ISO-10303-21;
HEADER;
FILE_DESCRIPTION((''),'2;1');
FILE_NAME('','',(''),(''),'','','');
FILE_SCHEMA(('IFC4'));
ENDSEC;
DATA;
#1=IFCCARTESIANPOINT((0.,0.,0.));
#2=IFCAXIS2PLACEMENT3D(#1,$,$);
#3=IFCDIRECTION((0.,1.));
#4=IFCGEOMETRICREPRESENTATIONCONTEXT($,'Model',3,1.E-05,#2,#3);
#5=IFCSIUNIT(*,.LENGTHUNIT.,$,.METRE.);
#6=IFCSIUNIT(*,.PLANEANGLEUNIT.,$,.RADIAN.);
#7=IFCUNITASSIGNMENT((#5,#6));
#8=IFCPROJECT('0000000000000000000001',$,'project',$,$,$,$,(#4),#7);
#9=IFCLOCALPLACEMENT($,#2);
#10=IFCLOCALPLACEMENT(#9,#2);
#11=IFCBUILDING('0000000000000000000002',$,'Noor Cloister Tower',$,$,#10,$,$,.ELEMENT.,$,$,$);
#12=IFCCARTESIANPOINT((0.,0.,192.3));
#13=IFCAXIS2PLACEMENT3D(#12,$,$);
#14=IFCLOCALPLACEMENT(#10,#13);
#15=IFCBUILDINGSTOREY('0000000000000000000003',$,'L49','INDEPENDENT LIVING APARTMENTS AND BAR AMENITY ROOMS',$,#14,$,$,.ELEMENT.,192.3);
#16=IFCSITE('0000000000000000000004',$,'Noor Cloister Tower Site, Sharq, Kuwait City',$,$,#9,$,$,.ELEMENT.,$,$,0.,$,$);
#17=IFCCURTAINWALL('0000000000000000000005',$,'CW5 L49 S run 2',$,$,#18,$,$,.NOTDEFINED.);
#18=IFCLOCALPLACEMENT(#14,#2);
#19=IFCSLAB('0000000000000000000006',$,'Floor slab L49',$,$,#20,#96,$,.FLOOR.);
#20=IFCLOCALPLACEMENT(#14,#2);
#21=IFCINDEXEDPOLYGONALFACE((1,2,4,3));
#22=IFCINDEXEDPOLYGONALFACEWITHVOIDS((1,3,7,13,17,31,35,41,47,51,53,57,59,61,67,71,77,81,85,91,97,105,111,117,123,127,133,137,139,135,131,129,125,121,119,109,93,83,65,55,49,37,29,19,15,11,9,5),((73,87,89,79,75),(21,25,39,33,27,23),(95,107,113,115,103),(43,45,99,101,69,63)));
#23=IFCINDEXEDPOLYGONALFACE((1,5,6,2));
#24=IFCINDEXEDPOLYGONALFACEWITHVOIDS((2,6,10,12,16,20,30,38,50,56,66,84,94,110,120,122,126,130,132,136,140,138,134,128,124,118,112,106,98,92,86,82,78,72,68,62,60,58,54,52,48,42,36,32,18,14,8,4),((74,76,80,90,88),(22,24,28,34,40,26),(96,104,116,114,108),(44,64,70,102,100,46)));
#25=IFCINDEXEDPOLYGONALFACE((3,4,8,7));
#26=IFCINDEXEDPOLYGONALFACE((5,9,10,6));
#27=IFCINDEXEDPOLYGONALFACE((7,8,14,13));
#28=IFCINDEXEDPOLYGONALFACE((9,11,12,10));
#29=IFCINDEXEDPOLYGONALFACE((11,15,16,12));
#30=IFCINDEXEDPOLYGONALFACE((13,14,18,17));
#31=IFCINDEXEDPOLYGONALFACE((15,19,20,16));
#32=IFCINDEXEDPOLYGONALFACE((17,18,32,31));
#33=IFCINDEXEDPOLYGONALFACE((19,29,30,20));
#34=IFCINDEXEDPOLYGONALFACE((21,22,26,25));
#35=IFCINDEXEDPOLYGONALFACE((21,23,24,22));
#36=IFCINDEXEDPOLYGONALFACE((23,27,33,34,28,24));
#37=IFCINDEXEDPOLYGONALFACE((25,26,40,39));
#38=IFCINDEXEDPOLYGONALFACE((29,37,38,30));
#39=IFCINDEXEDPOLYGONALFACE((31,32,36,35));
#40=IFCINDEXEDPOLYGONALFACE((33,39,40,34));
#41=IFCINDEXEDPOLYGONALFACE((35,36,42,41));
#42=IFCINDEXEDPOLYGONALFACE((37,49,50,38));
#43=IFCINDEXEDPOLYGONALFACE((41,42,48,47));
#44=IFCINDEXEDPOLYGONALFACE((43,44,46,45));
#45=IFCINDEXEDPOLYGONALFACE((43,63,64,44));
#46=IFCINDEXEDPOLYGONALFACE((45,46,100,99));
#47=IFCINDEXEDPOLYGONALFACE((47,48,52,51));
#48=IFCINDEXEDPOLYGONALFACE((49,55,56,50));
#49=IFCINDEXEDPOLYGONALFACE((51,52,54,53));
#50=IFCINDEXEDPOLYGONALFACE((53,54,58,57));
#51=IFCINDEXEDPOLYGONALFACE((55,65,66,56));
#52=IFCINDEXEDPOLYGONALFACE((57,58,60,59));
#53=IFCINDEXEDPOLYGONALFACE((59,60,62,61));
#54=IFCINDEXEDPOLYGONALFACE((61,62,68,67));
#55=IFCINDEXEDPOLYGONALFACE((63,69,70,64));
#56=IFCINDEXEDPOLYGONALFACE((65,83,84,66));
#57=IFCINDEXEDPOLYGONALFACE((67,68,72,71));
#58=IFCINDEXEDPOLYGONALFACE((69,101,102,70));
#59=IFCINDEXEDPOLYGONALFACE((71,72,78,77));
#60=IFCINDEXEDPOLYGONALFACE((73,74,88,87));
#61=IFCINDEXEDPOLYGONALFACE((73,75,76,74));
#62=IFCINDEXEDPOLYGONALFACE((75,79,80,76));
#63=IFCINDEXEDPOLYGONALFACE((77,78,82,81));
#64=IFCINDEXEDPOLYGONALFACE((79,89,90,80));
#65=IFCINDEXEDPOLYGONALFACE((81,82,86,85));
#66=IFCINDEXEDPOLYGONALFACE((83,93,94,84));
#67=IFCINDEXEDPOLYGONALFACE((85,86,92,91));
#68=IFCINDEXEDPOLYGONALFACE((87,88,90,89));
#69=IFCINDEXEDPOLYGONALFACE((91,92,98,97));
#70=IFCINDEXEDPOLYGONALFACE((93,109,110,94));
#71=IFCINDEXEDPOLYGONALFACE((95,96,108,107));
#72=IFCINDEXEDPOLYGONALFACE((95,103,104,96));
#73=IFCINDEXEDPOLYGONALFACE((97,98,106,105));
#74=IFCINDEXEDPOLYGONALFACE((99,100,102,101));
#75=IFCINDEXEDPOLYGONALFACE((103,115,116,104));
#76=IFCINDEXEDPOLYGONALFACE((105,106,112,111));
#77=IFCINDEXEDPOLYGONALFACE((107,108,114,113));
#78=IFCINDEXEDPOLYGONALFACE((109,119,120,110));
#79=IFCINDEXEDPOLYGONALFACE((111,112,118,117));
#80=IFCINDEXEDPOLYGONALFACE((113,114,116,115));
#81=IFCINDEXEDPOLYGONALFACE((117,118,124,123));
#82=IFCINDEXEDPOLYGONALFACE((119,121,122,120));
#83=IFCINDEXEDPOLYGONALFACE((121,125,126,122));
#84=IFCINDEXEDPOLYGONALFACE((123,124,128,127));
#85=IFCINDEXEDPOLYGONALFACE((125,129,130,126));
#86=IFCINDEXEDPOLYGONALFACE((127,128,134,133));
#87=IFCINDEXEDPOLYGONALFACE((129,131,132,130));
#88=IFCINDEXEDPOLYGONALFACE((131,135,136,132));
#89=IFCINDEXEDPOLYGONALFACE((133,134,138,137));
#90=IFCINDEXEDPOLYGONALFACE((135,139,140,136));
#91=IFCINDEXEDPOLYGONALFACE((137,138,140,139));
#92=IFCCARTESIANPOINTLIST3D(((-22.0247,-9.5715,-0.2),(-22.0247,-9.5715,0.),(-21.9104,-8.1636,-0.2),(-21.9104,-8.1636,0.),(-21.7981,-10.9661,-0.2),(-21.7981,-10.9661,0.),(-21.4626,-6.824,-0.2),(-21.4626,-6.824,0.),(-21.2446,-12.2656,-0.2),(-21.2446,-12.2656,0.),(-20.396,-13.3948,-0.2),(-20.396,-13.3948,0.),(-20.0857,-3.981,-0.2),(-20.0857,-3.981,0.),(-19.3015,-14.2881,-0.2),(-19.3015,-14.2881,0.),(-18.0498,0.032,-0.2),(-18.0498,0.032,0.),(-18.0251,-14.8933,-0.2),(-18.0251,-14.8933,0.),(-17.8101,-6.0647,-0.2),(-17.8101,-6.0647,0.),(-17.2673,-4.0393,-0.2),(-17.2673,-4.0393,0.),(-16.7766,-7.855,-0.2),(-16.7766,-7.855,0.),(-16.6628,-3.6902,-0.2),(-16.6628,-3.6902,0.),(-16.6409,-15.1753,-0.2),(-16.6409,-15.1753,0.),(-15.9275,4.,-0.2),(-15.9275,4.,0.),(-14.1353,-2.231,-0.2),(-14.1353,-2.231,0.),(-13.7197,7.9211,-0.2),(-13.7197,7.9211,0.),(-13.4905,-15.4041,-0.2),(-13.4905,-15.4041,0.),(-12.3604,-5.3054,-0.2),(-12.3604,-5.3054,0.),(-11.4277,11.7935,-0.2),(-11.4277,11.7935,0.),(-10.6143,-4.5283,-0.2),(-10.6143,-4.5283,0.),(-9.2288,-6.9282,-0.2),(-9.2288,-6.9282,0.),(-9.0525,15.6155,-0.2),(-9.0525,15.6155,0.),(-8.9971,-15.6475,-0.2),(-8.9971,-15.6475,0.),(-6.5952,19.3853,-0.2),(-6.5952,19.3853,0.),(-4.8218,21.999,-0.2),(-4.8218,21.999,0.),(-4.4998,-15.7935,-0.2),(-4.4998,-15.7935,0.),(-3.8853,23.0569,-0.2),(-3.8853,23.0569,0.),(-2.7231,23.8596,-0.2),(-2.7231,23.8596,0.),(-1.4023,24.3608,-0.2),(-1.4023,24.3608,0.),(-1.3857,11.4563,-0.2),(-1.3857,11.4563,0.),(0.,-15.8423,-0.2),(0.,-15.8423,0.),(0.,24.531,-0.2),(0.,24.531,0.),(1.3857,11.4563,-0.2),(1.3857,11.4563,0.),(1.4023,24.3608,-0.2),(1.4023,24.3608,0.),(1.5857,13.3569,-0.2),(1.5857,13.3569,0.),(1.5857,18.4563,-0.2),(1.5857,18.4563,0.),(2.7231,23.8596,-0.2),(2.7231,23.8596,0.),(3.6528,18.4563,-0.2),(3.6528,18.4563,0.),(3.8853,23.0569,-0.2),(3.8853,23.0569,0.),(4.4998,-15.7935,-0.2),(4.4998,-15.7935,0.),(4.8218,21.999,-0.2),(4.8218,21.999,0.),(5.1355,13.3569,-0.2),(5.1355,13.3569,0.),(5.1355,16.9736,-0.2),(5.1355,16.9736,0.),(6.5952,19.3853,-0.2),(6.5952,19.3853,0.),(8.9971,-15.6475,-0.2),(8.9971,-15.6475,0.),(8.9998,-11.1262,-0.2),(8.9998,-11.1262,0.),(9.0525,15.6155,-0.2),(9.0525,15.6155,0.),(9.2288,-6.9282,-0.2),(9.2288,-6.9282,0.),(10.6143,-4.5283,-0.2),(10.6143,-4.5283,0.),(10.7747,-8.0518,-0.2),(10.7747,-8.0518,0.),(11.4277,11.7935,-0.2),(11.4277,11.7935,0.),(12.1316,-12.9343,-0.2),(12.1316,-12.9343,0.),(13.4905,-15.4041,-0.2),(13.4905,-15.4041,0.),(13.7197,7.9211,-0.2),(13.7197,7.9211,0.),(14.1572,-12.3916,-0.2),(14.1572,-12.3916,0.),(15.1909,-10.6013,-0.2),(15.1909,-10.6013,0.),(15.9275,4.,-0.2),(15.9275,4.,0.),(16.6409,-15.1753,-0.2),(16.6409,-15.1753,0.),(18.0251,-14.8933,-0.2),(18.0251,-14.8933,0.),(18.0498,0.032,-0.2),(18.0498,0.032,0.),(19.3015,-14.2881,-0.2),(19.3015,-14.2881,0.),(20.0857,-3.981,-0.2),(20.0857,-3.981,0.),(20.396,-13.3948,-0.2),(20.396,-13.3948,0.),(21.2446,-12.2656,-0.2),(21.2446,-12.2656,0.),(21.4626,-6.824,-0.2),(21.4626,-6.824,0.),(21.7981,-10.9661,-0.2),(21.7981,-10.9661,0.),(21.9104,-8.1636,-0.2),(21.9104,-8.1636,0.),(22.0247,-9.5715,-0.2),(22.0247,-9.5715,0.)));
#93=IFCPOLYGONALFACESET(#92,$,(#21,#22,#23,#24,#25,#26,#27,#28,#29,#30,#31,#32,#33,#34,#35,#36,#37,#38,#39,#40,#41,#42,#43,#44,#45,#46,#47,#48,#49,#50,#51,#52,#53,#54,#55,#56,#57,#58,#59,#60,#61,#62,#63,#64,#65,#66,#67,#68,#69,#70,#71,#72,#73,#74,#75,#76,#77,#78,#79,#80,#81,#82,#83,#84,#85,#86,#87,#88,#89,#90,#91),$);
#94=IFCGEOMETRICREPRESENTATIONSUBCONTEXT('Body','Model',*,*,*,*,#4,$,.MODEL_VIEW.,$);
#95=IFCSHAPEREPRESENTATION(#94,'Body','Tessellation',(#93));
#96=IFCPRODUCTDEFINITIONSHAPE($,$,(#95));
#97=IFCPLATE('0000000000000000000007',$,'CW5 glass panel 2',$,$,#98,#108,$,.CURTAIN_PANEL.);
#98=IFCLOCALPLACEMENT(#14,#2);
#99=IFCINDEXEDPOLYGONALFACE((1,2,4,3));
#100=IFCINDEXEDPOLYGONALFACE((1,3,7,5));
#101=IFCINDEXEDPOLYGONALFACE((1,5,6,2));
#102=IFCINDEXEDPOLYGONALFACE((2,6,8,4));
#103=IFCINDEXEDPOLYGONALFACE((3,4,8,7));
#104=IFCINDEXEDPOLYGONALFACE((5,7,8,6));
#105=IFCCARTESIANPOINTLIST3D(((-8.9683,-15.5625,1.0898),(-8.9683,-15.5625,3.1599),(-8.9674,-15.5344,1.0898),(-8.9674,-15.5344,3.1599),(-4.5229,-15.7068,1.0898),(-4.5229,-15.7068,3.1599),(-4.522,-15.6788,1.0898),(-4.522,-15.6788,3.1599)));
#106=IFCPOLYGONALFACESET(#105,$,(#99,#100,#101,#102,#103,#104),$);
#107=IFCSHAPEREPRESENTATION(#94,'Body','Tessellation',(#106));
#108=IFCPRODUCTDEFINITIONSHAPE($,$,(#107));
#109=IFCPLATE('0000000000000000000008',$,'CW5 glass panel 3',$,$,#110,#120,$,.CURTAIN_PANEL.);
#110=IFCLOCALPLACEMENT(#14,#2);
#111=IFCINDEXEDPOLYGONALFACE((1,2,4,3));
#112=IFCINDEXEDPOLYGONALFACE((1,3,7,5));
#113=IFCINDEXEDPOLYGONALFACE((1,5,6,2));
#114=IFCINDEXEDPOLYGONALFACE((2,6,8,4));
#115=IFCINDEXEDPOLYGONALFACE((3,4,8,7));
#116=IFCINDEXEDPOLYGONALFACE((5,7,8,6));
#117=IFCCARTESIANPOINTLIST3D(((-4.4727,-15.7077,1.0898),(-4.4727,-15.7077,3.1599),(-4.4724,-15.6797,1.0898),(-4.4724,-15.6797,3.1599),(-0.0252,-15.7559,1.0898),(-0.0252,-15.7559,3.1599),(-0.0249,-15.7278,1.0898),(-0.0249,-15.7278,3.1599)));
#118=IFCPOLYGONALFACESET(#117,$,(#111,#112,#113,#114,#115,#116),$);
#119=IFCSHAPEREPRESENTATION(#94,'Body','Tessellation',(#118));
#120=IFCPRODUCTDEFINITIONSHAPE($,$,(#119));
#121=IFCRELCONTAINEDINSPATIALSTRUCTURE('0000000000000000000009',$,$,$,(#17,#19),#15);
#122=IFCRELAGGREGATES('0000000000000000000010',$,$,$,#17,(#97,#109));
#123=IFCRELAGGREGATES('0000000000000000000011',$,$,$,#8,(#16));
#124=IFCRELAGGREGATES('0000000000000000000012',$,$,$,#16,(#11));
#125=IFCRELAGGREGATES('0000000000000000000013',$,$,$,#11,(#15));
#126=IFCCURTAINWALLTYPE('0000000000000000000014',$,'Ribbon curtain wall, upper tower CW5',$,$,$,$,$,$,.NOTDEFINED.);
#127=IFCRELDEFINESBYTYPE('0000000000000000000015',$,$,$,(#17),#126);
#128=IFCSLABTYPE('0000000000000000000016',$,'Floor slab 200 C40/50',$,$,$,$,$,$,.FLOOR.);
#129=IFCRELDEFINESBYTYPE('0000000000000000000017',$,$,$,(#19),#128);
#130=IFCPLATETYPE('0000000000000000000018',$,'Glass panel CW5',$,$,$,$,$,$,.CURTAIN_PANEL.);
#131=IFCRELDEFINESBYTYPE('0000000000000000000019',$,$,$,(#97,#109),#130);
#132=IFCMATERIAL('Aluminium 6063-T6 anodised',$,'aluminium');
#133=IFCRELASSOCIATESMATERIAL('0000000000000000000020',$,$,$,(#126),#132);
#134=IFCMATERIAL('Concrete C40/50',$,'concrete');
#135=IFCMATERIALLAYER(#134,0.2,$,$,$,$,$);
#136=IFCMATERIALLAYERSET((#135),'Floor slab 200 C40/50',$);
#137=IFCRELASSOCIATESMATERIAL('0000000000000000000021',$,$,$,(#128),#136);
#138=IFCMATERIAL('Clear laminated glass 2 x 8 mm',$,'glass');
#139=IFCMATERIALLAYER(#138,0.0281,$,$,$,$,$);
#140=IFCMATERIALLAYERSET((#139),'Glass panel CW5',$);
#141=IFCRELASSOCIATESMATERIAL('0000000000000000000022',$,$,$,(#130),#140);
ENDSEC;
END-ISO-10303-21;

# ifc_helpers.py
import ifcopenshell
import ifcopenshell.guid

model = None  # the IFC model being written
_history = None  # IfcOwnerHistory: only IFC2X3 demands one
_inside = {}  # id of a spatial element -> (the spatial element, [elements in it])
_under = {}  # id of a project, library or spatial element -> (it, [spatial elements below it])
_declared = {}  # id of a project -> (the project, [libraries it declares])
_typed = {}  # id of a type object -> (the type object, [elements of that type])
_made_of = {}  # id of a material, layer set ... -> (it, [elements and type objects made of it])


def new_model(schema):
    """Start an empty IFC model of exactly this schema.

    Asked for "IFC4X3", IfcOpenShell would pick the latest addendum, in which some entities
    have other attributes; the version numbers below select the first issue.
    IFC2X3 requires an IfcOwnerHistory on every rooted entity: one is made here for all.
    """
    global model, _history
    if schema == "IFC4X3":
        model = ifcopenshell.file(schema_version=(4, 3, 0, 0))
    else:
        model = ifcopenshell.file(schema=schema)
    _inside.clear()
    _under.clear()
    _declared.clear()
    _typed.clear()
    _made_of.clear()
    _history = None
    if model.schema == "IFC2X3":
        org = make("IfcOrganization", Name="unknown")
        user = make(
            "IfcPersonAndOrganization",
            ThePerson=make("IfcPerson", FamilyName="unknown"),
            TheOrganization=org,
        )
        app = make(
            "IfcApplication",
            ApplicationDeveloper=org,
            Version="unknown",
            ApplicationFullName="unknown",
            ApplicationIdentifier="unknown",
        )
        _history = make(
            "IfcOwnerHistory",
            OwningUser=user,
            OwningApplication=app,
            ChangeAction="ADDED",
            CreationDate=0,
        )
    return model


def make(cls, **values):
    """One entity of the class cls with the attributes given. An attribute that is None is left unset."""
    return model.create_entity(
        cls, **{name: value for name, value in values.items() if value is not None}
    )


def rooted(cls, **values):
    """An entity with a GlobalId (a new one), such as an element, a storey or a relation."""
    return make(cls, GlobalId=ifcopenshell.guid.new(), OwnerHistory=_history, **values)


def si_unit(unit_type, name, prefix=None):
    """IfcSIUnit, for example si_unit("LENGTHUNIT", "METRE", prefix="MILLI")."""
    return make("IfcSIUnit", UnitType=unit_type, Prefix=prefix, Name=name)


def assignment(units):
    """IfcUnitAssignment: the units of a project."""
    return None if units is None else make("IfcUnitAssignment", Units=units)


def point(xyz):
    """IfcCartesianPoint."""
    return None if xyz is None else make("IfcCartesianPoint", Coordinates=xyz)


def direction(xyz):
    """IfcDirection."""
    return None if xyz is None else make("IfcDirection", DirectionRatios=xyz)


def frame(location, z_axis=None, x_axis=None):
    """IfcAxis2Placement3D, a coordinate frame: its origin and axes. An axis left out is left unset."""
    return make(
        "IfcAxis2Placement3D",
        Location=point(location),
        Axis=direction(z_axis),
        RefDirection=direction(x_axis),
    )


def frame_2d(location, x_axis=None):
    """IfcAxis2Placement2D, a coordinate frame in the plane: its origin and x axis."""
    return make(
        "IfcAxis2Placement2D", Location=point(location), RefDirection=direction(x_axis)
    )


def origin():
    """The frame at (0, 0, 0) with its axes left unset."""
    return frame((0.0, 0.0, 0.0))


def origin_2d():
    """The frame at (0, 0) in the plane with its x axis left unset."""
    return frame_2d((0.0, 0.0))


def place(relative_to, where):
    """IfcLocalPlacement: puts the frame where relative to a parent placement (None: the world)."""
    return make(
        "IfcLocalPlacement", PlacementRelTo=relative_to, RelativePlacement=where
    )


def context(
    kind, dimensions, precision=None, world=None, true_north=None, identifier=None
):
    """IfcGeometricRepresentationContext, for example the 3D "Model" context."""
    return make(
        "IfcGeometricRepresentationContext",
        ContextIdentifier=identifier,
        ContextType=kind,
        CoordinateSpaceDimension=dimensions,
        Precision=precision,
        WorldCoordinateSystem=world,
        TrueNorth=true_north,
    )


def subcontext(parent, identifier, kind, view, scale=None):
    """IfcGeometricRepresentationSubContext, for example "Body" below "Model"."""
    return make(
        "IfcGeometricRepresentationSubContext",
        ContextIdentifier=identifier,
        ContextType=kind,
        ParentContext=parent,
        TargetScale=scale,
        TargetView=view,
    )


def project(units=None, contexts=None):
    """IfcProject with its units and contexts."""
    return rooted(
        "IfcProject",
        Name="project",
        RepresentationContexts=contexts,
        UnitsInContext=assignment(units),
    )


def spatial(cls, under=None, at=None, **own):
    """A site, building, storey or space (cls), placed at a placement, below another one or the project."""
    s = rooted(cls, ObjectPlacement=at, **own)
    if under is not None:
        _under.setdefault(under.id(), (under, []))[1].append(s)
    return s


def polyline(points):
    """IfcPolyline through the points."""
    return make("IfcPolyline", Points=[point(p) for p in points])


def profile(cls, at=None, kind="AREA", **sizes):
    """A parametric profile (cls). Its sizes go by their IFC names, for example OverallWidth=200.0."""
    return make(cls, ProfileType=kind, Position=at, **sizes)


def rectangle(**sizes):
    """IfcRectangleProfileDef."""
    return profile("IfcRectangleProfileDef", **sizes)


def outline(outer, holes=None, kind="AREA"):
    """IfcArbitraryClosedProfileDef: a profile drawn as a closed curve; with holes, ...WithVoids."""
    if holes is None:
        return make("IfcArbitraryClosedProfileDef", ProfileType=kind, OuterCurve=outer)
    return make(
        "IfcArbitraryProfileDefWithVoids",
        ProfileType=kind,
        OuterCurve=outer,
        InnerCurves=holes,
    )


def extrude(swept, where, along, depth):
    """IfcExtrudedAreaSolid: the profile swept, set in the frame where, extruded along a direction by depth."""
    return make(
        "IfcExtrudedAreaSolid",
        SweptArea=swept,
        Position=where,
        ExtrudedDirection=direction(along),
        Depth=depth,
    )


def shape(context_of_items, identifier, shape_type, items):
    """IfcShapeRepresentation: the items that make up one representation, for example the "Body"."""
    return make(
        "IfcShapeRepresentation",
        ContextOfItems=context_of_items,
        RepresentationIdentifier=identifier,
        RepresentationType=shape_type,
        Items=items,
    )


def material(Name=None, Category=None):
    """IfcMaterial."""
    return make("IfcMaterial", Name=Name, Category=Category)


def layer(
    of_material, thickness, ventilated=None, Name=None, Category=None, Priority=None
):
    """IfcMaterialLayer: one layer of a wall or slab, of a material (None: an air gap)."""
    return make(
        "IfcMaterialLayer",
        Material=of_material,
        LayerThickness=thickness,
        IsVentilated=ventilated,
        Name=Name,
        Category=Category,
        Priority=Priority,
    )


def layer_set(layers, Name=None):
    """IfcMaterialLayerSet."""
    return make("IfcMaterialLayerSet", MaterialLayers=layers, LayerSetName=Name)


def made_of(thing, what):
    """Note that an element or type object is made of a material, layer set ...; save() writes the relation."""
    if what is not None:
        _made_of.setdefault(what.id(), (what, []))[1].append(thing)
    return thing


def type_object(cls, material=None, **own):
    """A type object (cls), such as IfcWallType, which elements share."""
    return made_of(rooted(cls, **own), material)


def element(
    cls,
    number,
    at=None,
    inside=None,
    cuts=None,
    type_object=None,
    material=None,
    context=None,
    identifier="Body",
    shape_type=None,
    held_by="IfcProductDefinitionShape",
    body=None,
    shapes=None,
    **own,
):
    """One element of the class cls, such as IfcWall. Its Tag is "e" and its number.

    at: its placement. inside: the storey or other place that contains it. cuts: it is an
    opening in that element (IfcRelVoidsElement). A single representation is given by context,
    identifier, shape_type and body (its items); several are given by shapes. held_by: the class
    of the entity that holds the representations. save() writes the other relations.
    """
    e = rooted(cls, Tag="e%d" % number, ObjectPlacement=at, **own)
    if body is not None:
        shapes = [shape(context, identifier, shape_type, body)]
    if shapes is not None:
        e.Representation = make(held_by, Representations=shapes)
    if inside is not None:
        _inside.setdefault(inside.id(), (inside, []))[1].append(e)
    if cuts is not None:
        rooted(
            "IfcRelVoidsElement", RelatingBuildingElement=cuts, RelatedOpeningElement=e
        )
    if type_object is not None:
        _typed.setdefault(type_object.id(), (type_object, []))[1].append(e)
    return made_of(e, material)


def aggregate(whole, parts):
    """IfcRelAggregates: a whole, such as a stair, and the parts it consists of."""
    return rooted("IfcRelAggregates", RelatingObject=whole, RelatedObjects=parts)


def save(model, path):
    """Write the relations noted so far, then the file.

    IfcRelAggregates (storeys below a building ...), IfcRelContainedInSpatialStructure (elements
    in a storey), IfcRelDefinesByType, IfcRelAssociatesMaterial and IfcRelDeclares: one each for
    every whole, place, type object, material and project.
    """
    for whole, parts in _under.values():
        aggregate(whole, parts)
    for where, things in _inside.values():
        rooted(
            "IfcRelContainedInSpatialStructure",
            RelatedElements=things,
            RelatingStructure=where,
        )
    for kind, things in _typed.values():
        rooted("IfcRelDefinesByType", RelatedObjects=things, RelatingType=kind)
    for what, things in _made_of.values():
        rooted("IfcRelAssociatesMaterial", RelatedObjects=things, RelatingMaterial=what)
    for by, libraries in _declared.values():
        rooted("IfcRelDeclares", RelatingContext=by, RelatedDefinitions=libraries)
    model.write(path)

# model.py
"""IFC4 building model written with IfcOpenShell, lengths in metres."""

from ifc_helpers import new_model, si_unit, direction, frame, origin, origin_2d, place, context, subcontext, project, spatial, polyline, rectangle, outline, extrude, material, layer, layer_set, type_object, element, aggregate, save


model = new_model("IFC4")

# Units and contexts
model_context = context("Model", 3, precision=1e-05, world=origin(), true_north=direction((0.0, 1.0)))
body_context = subcontext(model_context, "Body", "Model", "MODEL_VIEW")
ifc_project = project(units=[si_unit("LENGTHUNIT", "METRE"), si_unit("PLANEANGLEUNIT", "RADIAN")], contexts=[model_context])

# Site, building, storey
site_placement = place(None, origin())
site = spatial("IfcSite", under=ifc_project, at=site_placement, Name="Noor Cloister Tower Site, Sharq, Kuwait City", CompositionType="ELEMENT", RefElevation=0.0)
building_placement = place(site_placement, origin())
building = spatial("IfcBuilding", under=site, at=building_placement, Name="Noor Cloister Tower", CompositionType="ELEMENT")
storey_placement = place(building_placement, frame((0.0, 0.0, 192.3)))
storey = spatial("IfcBuildingStorey", under=building, at=storey_placement, Name="L49", Description="INDEPENDENT LIVING APARTMENTS AND BAR AMENITY ROOMS", CompositionType="ELEMENT", Elevation=192.3)

# Shared definitions
ifc_material_1 = material(Name="Aluminium 6063-T6 anodised", Category="aluminium")
curtain_wall_type = type_object("IfcCurtainWallType", Name="Ribbon curtain wall, upper tower CW5", PredefinedType="NOTDEFINED", material=ifc_material_1)

# Curtain wall
curtain_wall_1_placement = place(storey_placement, origin())
curtain_wall_1 = element("IfcCurtainWall", 1, at=curtain_wall_1_placement, inside=storey, type_object=curtain_wall_type, Name="CW5 L49 S run 2", PredefinedType="NOTDEFINED")

# Slab
ifc_material_2 = material(Name="Concrete C40/50", Category="concrete")
ifc_layer_1 = layer(ifc_material_2, 0.2)
ifc_layer_set_1 = layer_set([ifc_layer_1], Name="Floor slab 200 C40/50")
slab_type_1 = type_object("IfcSlabType", Name="Floor slab 200 C40/50", PredefinedType="FLOOR", material=ifc_layer_set_1)
slab_1_placement = place(storey_placement, frame((0.0, 0.0, -0.2)))
element("IfcSlab", 2, at=slab_1_placement, inside=storey, type_object=slab_type_1, Name="Floor slab L49", PredefinedType="FLOOR", context=body_context, shape_type="SweptSolid", body=[
    extrude(outline(polyline([(4.8218, 21.999), (3.8853, 23.0569), (2.7231, 23.8596), (1.4023, 24.3608), (0.0, 24.531), (-1.4023, 24.3608), (-2.7231, 23.8596), (-3.8853, 23.0569), (-4.8218, 21.999), (-6.5952, 19.3853), (-9.0525, 15.6155), (-11.4277, 11.7935), (-13.7197, 7.9211), (-15.9275, 4.0), (-18.0498, 0.032), (-20.0857, -3.981), (-21.4626, -6.824), (-21.9104, -8.1636), (-22.0247, -9.5715), (-21.7981, -10.9661), (-21.2446, -12.2656), (-20.396, -13.3948), (-19.3015, -14.2881), (-18.0251, -14.8933), (-16.6409, -15.1753), (-13.4905, -15.4041), (-8.9971, -15.6475), (-4.4998, -15.7935), (0.0, -15.8423), (4.4998, -15.7935), (8.9971, -15.6475), (13.4905, -15.4041), (16.6409, -15.1753), (18.0251, -14.8933), (19.3015, -14.2881), (20.396, -13.3948), (21.2446, -12.2656), (21.7981, -10.9661), (22.0247, -9.5715), (21.9104, -8.1636), (21.4626, -6.824), (20.0857, -3.981), (18.0498, 0.032), (15.9275, 4.0), (13.7197, 7.9211), (11.4277, 11.7935), (9.0525, 15.6155), (6.5952, 19.3853), (4.8218, 21.999)]), holes=[polyline([(8.9998, -11.1262), (12.1316, -12.9343), (14.1572, -12.3916), (15.1909, -10.6013), (10.7747, -8.0518), (8.9998, -11.1262)]), polyline([(-17.8101, -6.0647), (-16.7766, -7.855), (-12.3604, -5.3054), (-14.1353, -2.231), (-16.6628, -3.6902), (-17.2673, -4.0393), (-17.8101, -6.0647)]), polyline([(-10.6143, -4.5283), (-9.2288, -6.9282), (9.2288, -6.9282), (10.6143, -4.5283), (1.3857, 11.4563), (-1.3857, 11.4563), (-10.6143, -4.5283)]), polyline([(3.6528, 18.4563), (1.5857, 18.4563), (1.5857, 13.3569), (5.1355, 13.3569), (5.1355, 16.9736), (3.6528, 18.4563)])]), origin(), (0.0, 0.0, 1.0), 0.2),
])

# Plates
ifc_material_3 = material(Name="Clear laminated glass 2 x 8 mm", Category="glass")
ifc_layer_2 = layer(ifc_material_3, 0.0281)
ifc_layer_set_2 = layer_set([ifc_layer_2], Name="Glass panel CW5")
plate_type = type_object("IfcPlateType", Name="Glass panel CW5", PredefinedType="CURTAIN_PANEL", material=ifc_layer_set_2)
plate_1_placement = place(storey_placement, frame((-6.7451, -15.6206, 1.0898), z_axis=(0.0, 0.0, 1.0), x_axis=(0.999473, -0.032455, 0.0)))
plate_1 = element("IfcPlate", 3, at=plate_1_placement, type_object=plate_type, Name="CW5 glass panel 2", PredefinedType="CURTAIN_PANEL", context=body_context, shape_type="SweptSolid", body=[
    extrude(rectangle(XDim=4.4478, YDim=0.0281, at=origin_2d()), origin(), (0.0, 0.0, 1.0), 2.0701),
])
plate_2_placement = place(storey_placement, frame((-2.2488, -15.7178, 1.0898), z_axis=(0.0, 0.0, 1.0), x_axis=(0.999941, -0.01082, 0.0)))
plate_2 = element("IfcPlate", 4, at=plate_2_placement, type_object=plate_type, Name="CW5 glass panel 3", PredefinedType="CURTAIN_PANEL", context=body_context, shape_type="SweptSolid", body=[
    extrude(rectangle(XDim=4.4478, YDim=0.0281, at=origin_2d()), origin(), (0.0, 0.0, 1.0), 2.0701),
])
aggregate(curtain_wall_1, [plate_1, plate_2])

save(model, "model.ifc")
